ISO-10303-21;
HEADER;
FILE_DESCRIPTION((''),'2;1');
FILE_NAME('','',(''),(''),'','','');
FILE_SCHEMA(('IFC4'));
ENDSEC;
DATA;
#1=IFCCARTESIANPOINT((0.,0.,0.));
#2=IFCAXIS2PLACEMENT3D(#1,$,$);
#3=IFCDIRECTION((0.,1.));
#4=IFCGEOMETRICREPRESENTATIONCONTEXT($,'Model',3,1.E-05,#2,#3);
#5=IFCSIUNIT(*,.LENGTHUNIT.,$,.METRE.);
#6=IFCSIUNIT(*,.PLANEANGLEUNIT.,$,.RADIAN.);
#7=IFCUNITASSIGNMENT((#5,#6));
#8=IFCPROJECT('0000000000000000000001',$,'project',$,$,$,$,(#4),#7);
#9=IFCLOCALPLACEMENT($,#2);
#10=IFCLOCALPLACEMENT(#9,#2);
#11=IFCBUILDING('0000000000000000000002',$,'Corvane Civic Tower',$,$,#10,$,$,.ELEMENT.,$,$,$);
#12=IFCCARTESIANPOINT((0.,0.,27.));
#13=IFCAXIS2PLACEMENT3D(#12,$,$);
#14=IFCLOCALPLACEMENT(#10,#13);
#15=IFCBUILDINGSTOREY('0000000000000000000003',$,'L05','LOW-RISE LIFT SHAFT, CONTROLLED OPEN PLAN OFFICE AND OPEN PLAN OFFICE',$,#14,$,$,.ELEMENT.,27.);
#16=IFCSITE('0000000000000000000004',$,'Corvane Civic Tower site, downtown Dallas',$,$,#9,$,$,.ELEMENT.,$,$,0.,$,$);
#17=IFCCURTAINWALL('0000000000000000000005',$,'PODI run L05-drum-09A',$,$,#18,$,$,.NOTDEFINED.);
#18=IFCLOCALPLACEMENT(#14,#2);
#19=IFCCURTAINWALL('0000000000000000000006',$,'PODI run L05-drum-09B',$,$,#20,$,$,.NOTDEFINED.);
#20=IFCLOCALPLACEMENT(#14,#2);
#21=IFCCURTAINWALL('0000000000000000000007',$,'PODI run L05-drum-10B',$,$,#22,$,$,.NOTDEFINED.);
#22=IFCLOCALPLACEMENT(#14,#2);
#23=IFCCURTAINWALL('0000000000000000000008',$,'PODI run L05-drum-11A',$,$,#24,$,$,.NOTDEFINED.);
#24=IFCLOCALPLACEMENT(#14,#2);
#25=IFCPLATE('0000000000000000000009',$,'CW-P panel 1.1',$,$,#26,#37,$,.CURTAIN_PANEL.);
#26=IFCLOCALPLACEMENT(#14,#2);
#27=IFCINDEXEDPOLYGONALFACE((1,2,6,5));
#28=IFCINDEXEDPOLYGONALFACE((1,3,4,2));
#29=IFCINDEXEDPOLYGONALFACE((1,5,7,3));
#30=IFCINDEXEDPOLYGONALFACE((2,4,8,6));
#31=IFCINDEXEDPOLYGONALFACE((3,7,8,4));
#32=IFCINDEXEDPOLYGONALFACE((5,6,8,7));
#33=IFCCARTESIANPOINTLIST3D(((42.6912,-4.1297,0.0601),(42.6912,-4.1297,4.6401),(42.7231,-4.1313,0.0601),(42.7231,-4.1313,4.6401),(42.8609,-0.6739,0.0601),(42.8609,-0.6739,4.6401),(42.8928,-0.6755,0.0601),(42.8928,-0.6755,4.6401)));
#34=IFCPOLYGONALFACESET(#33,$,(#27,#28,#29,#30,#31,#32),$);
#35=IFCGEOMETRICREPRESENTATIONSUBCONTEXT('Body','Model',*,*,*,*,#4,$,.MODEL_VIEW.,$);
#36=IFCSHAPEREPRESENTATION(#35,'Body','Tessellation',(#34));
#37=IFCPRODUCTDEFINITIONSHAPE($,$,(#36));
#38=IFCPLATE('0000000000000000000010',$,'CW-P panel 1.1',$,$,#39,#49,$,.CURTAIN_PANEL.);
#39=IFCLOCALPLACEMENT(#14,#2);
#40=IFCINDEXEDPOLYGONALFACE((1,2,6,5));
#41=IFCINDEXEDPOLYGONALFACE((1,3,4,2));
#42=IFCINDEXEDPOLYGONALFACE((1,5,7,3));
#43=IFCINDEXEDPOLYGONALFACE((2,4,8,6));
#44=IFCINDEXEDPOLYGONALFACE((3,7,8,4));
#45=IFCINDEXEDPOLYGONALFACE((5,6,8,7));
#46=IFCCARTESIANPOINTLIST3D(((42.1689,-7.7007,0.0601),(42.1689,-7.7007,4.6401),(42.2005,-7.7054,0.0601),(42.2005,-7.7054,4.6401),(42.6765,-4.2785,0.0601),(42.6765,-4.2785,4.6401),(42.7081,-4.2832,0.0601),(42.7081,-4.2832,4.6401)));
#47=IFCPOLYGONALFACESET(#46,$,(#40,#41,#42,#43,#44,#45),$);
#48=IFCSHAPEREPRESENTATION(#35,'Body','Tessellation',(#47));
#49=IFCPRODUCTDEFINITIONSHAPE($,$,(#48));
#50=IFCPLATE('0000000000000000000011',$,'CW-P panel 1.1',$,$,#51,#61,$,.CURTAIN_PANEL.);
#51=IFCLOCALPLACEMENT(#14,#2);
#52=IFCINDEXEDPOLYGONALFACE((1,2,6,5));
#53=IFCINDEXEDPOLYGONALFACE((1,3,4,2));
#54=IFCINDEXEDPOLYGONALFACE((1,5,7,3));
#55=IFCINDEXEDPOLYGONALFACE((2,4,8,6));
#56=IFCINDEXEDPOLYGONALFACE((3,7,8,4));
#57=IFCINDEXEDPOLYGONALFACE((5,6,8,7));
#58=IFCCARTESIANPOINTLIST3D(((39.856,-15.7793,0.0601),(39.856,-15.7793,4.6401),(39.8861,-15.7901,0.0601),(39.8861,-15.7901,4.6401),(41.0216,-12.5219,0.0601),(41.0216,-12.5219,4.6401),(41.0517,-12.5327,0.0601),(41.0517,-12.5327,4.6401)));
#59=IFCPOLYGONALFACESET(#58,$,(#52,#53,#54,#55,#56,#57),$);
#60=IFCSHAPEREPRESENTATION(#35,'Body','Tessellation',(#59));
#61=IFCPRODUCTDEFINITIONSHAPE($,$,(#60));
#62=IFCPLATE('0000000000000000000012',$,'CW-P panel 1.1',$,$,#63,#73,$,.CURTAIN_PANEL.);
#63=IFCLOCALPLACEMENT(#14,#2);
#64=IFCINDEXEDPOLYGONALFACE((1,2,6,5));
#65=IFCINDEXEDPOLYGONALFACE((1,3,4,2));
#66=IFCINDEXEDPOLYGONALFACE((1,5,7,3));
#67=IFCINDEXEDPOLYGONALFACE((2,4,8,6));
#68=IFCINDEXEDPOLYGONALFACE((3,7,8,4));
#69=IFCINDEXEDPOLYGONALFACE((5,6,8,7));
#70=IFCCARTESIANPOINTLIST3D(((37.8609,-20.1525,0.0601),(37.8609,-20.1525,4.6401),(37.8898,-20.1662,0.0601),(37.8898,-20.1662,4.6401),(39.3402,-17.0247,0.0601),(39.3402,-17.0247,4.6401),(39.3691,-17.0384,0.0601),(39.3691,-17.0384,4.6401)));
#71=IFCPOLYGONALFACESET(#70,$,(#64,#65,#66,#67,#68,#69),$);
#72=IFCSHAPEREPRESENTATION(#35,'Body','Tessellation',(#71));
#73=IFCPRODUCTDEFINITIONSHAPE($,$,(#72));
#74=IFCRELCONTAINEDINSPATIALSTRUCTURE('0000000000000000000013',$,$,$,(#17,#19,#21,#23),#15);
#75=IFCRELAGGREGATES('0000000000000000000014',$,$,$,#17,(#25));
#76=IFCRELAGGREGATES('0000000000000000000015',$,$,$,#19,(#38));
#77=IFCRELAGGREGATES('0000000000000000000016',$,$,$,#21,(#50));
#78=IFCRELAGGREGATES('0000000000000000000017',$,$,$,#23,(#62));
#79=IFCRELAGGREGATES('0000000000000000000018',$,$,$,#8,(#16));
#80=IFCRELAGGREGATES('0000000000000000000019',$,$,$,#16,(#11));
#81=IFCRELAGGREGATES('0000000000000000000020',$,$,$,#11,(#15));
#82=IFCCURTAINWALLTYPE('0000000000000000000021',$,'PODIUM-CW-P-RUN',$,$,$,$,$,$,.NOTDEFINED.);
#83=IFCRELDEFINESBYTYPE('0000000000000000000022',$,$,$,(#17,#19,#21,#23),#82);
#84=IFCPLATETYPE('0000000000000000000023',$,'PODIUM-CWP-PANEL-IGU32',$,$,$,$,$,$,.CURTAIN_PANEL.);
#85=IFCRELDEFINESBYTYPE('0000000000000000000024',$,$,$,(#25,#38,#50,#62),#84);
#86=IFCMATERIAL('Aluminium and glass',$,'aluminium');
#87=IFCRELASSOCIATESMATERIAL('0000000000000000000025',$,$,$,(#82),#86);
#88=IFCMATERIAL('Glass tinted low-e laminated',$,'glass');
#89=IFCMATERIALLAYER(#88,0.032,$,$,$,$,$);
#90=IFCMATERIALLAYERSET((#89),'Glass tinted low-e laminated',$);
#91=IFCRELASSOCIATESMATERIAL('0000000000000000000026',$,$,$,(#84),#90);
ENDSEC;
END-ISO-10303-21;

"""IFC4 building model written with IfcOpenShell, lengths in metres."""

from ifc_helpers import new_model, si_unit, direction, frame, origin, origin_2d, place, context, subcontext, project, spatial, rectangle, extrude, material, layer, layer_set, type_object, element, aggregate, save


model = new_model("IFC4")

# Units and contexts
model_context = context("Model", 3, precision=1e-05, world=origin(), true_north=direction((0.0, 1.0)))
body_context = subcontext(model_context, "Body", "Model", "MODEL_VIEW")
ifc_project = project(units=[si_unit("LENGTHUNIT", "METRE"), si_unit("PLANEANGLEUNIT", "RADIAN")], contexts=[model_context])

# Site, building, storey
site_placement = place(None, origin())
site = spatial("IfcSite", under=ifc_project, at=site_placement, Name="Corvane Civic Tower site, downtown Dallas", CompositionType="ELEMENT", RefElevation=0.0)
building_placement = place(site_placement, origin())
building = spatial("IfcBuilding", under=site, at=building_placement, Name="Corvane Civic Tower", CompositionType="ELEMENT")
storey_placement = place(building_placement, frame((0.0, 0.0, 27.0)))
storey = spatial("IfcBuildingStorey", under=building, at=storey_placement, Name="L05", Description="LOW-RISE LIFT SHAFT, CONTROLLED OPEN PLAN OFFICE AND OPEN PLAN OFFICE", CompositionType="ELEMENT", Elevation=27.0)

# Curtain walls
ifc_material_1 = material(Name="Aluminium and glass", Category="aluminium")
curtain_wall_type = type_object("IfcCurtainWallType", Name="PODIUM-CW-P-RUN", PredefinedType="NOTDEFINED", material=ifc_material_1)
curtain_wall_1_placement = place(storey_placement, origin())
curtain_wall_1 = element("IfcCurtainWall", 1, at=curtain_wall_1_placement, inside=storey, type_object=curtain_wall_type, Name="PODI run L05-drum-09A", PredefinedType="NOTDEFINED")
curtain_wall_2_placement = place(storey_placement, origin())
curtain_wall_2 = element("IfcCurtainWall", 2, at=curtain_wall_2_placement, inside=storey, type_object=curtain_wall_type, Name="PODI run L05-drum-09B", PredefinedType="NOTDEFINED")
curtain_wall_3_placement = place(storey_placement, origin())
curtain_wall_3 = element("IfcCurtainWall", 3, at=curtain_wall_3_placement, inside=storey, type_object=curtain_wall_type, Name="PODI run L05-drum-10B", PredefinedType="NOTDEFINED")
curtain_wall_4_placement = place(storey_placement, origin())
curtain_wall_4 = element("IfcCurtainWall", 4, at=curtain_wall_4_placement, inside=storey, type_object=curtain_wall_type, Name="PODI run L05-drum-11A", PredefinedType="NOTDEFINED")

# Plates
ifc_material_2 = material(Name="Glass tinted low-e laminated", Category="glass")
ifc_layer_1 = layer(ifc_material_2, 0.032)
ifc_layer_set_1 = layer_set([ifc_layer_1], Name="Glass tinted low-e laminated")
plate_type = type_object("IfcPlateType", Name="PODIUM-CWP-PANEL-IGU32", PredefinedType="CURTAIN_PANEL", material=ifc_layer_set_1)
plate_1_placement = place(storey_placement, frame((42.792, -2.4026, 0.0601), z_axis=(0.0, 0.0, 1.0), x_axis=(-0.04905, -0.998796, 0.0)))
plate_1 = element("IfcPlate", 5, at=plate_1_placement, type_object=plate_type, Name="CW-P panel 1.1", PredefinedType="CURTAIN_PANEL", context=body_context, shape_type="SweptSolid", body=[
    extrude(rectangle(XDim=3.46, YDim=0.032, at=origin_2d()), origin(), (0.0, 0.0, 1.0), 4.5801),
])
aggregate(curtain_wall_1, [plate_1])
plate_2_placement = place(storey_placement, frame((42.4385, -5.9919, 0.0601), z_axis=(0.0, 0.0, 1.0), x_axis=(-0.146715, -0.989179, 0.0)))
plate_2 = element("IfcPlate", 6, at=plate_2_placement, type_object=plate_type, Name="CW-P panel 1.1", PredefinedType="CURTAIN_PANEL", context=body_context, shape_type="SweptSolid", body=[
    extrude(rectangle(XDim=3.4597, YDim=0.032, at=origin_2d()), origin(), (0.0, 0.0, 1.0), 4.5801),
])
aggregate(curtain_wall_2, [plate_2])
plate_3_placement = place(storey_placement, frame((40.4539, -14.156, 0.0601), z_axis=(0.0, 0.0, 1.0), x_axis=(-0.336919, -0.941534, 0.0)))
plate_3 = element("IfcPlate", 7, at=plate_3_placement, type_object=plate_type, Name="CW-P panel 1.1", PredefinedType="CURTAIN_PANEL", context=body_context, shape_type="SweptSolid", body=[
    extrude(rectangle(XDim=3.4597, YDim=0.032, at=origin_2d()), origin(), (0.0, 0.0, 1.0), 4.5801),
])
aggregate(curtain_wall_3, [plate_3])
plate_4_placement = place(storey_placement, frame((38.615, -18.5955, 0.0601), z_axis=(0.0, 0.0, 1.0), x_axis=(-0.427553, -0.90399, 0.0)))
plate_4 = element("IfcPlate", 8, at=plate_4_placement, type_object=plate_type, Name="CW-P panel 1.1", PredefinedType="CURTAIN_PANEL", context=body_context, shape_type="SweptSolid", body=[
    extrude(rectangle(XDim=3.46, YDim=0.032, at=origin_2d()), origin(), (0.0, 0.0, 1.0), 4.5801),
])
aggregate(curtain_wall_4, [plate_4])

save(model, "model.ifc")
